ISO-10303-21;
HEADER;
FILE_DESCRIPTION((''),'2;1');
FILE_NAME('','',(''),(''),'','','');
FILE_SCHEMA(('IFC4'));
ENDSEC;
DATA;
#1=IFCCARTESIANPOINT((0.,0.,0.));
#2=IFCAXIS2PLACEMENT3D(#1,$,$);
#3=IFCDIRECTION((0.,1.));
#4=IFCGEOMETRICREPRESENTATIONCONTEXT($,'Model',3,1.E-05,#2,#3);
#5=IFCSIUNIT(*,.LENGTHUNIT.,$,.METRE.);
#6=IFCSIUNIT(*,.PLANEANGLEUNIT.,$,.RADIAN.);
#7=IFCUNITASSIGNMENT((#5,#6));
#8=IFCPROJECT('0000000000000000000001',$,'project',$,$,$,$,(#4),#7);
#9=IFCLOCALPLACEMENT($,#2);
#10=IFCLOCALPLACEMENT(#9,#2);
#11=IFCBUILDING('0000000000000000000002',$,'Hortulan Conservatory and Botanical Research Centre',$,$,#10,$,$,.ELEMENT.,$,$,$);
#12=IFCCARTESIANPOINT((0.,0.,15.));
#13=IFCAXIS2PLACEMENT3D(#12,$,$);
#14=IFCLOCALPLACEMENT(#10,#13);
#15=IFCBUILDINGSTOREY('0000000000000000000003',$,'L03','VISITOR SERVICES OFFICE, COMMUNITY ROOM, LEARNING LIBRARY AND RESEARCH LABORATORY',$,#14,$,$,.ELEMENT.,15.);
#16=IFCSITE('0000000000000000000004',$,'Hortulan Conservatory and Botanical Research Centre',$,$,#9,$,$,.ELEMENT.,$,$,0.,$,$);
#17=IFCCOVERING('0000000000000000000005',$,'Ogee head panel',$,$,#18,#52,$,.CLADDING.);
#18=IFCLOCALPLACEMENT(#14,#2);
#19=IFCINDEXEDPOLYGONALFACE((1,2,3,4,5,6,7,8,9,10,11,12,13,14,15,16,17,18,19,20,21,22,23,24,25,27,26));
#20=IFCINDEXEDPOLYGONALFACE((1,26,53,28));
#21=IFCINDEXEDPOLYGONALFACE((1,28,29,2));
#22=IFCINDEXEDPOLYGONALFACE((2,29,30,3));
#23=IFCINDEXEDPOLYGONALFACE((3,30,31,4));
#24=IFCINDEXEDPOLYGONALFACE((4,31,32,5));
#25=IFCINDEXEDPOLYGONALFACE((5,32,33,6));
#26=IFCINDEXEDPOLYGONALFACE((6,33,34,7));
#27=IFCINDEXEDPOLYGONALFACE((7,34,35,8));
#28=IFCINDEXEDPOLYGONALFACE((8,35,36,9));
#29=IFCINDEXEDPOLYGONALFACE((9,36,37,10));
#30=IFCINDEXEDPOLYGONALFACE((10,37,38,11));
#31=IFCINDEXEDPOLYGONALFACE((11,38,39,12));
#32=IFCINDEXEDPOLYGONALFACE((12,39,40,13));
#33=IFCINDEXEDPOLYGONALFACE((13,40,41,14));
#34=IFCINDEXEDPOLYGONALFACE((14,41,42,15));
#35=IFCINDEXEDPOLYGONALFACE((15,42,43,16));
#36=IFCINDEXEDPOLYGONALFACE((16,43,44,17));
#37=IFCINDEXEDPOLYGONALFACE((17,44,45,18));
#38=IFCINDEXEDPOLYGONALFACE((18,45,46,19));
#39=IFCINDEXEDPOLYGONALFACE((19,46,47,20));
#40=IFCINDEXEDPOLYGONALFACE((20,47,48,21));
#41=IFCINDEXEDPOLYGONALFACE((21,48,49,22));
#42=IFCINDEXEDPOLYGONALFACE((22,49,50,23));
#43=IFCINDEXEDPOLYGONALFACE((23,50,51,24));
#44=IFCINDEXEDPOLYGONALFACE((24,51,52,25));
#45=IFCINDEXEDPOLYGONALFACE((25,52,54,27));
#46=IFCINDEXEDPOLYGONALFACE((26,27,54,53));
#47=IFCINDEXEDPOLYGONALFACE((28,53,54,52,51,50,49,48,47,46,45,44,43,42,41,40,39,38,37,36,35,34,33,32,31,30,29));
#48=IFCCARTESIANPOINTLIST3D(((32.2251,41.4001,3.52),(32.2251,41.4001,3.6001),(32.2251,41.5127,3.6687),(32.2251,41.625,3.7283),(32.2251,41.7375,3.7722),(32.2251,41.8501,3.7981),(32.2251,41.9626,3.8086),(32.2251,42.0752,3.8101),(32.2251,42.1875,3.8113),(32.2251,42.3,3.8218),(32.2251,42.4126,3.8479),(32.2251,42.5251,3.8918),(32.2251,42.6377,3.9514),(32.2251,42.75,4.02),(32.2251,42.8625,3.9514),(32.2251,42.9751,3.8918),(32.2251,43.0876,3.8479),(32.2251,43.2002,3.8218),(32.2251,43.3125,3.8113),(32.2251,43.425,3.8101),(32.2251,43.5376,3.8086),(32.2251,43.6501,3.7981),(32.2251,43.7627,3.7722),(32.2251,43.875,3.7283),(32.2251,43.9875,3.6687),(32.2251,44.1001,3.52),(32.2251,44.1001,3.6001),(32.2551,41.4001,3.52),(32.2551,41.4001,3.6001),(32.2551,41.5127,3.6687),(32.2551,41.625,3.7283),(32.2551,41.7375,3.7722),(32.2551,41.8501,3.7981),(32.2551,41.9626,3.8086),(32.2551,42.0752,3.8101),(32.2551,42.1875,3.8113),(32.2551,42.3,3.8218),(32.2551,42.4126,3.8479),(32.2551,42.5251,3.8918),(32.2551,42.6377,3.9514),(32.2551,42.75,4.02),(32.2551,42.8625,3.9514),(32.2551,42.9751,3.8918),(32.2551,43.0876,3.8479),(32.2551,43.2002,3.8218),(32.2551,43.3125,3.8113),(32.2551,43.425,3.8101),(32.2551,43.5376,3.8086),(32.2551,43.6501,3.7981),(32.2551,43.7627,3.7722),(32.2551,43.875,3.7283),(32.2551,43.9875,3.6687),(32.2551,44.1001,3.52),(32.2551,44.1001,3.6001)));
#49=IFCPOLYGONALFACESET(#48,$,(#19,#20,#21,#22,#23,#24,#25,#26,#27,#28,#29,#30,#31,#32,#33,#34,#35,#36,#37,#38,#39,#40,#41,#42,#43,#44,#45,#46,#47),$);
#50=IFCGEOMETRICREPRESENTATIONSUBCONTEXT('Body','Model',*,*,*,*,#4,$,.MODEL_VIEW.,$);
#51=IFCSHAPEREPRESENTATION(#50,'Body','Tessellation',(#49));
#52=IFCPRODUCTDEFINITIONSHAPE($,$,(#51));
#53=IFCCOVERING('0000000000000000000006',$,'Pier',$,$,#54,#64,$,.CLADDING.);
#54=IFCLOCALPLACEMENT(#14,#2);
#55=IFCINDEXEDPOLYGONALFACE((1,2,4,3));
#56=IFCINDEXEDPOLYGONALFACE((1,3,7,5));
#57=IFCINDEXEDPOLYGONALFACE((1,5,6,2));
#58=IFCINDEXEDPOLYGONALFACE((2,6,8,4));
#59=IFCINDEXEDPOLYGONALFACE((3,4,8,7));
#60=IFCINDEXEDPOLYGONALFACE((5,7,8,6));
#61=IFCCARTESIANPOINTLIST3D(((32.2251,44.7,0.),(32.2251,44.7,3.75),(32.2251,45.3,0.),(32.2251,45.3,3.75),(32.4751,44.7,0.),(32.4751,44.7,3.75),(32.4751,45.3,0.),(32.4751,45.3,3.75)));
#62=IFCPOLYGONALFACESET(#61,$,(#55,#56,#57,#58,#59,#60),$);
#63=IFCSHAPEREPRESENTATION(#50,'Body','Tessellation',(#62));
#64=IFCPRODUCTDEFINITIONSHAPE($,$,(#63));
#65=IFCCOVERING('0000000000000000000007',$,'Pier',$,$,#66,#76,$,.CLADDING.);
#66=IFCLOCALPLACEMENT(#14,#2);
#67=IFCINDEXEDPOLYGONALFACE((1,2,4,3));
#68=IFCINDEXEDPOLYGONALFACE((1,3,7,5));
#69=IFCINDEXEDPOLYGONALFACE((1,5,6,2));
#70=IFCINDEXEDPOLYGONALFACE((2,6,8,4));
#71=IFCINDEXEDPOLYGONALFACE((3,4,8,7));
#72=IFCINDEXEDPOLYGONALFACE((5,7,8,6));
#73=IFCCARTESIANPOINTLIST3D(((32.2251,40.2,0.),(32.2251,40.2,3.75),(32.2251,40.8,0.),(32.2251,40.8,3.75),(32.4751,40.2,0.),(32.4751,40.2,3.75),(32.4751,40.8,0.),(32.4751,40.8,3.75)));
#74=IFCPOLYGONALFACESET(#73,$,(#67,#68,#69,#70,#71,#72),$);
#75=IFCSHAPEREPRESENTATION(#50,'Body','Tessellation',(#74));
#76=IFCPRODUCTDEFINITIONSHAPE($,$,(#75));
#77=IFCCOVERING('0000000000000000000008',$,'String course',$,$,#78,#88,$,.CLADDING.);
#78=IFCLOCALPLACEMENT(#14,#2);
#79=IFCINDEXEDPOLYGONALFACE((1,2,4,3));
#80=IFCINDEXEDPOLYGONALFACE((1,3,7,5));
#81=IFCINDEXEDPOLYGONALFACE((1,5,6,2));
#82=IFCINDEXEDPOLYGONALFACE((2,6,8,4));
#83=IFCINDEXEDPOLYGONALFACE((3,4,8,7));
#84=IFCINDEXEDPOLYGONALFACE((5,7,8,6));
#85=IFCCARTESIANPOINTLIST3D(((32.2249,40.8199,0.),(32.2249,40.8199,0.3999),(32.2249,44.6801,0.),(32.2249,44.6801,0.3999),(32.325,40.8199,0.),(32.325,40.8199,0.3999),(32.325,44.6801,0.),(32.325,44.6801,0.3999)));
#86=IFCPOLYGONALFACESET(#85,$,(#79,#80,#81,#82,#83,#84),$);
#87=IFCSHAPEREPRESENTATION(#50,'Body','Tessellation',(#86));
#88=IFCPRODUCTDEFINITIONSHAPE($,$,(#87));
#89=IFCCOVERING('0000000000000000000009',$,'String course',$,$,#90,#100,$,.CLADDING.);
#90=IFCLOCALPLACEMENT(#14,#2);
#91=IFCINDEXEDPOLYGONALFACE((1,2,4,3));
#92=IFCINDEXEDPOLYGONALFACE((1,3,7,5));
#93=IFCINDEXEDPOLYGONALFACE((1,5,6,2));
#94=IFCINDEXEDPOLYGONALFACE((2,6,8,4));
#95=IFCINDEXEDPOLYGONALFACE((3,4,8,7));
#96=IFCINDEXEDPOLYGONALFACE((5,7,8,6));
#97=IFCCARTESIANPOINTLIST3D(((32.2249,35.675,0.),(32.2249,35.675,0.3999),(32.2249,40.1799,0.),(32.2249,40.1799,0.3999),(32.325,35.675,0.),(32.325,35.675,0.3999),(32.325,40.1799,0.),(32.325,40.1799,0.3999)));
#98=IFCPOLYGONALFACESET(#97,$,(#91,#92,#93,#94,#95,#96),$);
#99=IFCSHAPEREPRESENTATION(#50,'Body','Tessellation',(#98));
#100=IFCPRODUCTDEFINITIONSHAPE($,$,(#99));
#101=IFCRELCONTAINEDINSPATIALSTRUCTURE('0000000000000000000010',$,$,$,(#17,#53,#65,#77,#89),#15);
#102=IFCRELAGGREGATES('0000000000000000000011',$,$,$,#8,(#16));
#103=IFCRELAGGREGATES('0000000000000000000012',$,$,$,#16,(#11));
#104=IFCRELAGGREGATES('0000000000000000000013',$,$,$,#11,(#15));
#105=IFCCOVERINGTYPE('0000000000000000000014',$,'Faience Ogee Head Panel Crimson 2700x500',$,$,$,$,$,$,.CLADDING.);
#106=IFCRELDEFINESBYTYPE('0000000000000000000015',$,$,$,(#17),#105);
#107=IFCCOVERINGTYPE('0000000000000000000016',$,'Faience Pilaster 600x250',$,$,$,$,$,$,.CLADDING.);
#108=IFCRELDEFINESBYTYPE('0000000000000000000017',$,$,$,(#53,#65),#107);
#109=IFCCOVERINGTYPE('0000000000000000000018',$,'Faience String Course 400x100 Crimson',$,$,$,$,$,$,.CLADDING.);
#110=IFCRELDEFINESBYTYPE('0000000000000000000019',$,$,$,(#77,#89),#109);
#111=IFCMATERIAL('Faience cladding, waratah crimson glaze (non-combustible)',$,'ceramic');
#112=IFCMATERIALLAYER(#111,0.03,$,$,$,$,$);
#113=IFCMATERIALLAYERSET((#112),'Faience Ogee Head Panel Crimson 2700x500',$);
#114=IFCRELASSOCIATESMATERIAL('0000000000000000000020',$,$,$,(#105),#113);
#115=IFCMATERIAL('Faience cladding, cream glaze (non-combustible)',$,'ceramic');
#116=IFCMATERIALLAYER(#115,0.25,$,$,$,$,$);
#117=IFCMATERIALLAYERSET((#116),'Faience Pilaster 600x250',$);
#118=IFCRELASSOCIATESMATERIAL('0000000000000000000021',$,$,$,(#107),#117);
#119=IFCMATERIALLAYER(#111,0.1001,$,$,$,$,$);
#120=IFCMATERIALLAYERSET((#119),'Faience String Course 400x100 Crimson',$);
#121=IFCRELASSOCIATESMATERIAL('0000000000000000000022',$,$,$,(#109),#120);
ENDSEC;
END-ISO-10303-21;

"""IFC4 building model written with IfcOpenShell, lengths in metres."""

from ifc_helpers import new_model, si_unit, direction, frame, origin, origin_2d, place, context, subcontext, project, spatial, polyline, rectangle, outline, extrude, material, layer, layer_set, type_object, element, save


model = new_model("IFC4")

# Units and contexts
model_context = context("Model", 3, precision=1e-05, world=origin(), true_north=direction((0.0, 1.0)))
body_context = subcontext(model_context, "Body", "Model", "MODEL_VIEW")
ifc_project = project(units=[si_unit("LENGTHUNIT", "METRE"), si_unit("PLANEANGLEUNIT", "RADIAN")], contexts=[model_context])

# Site, building, storey
site_placement = place(None, origin())
site = spatial("IfcSite", under=ifc_project, at=site_placement, Name="Hortulan Conservatory and Botanical Research Centre", CompositionType="ELEMENT", RefElevation=0.0)
building_placement = place(site_placement, origin())
building = spatial("IfcBuilding", under=site, at=building_placement, Name="Hortulan Conservatory and Botanical Research Centre", CompositionType="ELEMENT")
storey_placement = place(building_placement, frame((0.0, 0.0, 15.0)))
storey = spatial("IfcBuildingStorey", under=building, at=storey_placement, Name="L03", Description="VISITOR SERVICES OFFICE, COMMUNITY ROOM, LEARNING LIBRARY AND RESEARCH LABORATORY", CompositionType="ELEMENT", Elevation=15.0)

# Coverings
ifc_material_1 = material(Name="Faience cladding, cream glaze (non-combustible)", Category="ceramic")
ifc_material_2 = material(Name="Faience cladding, waratah crimson glaze (non-combustible)", Category="ceramic")
ifc_layer_1 = layer(ifc_material_2, 0.03)
ifc_layer_set_1 = layer_set([ifc_layer_1], Name="Faience Ogee Head Panel Crimson 2700x500")
covering_type_1 = type_object("IfcCoveringType", Name="Faience Ogee Head Panel Crimson 2700x500", PredefinedType="CLADDING", material=ifc_layer_set_1)
covering_1_placement = place(storey_placement, frame((32.24, 44.1001, 3.52), z_axis=(0.0, 0.0, 1.0), x_axis=(0.0, -1.0, 0.0)))
element("IfcCovering", 1, at=covering_1_placement, inside=storey, type_object=covering_type_1, Name="Ogee head panel", PredefinedType="CLADDING", context=body_context, shape_type="SweptSolid", body=[
    extrude(outline(polyline([(0.0, 0.0), (2.7, 0.0), (2.7, 0.0801), (2.5874, 0.1487), (2.4751, 0.2083), (2.3625, 0.2522), (2.25, 0.2781), (2.1375, 0.2886), (2.0249, 0.29), (1.9126, 0.2913), (1.8, 0.3018), (1.6875, 0.3279), (1.575, 0.3718), (1.4624, 0.4314), (1.3501, 0.5), (1.2375, 0.4314), (1.125, 0.3718), (1.0125, 0.3279), (0.8999, 0.3018), (0.7876, 0.2913), (0.675, 0.29), (0.5625, 0.2886), (0.45, 0.2781), (0.3374, 0.2522), (0.2251, 0.2083), (0.1125, 0.1487), (0.0, 0.0801), (0.0, 0.0)])), frame((0.0, 0.0151, 0.0), z_axis=(0.0, -1.0, 0.0), x_axis=(1.0, 0.0, 0.0)), (0.0, 0.0, 1.0), 0.03),
])
ifc_layer_2 = layer(ifc_material_1, 0.25)
ifc_layer_set_2 = layer_set([ifc_layer_2], Name="Faience Pilaster 600x250")
covering_type_2 = type_object("IfcCoveringType", Name="Faience Pilaster 600x250", PredefinedType="CLADDING", material=ifc_layer_set_2)
for number, where, z_axis, x_axis, name in (
    (2, (32.3501, 45.0, 0.0), (0.0, 0.0, 1.0), (0.0, -1.0, 0.0), "Pier"),
    (3, (32.3501, 40.5, 0.0), (0.0, 0.0, 1.0), (0.0, -1.0, 0.0), "Pier"),
):
    element("IfcCovering", number, at=place(storey_placement, frame(where, z_axis=z_axis, x_axis=x_axis)), inside=storey, type_object=covering_type_2, Name=name, PredefinedType="CLADDING", context=body_context, shape_type="SweptSolid", body=[
        extrude(rectangle(XDim=0.6001, YDim=0.25, at=origin_2d()), origin(), (0.0, 0.0, 1.0), 3.75),
    ])
ifc_layer_3 = layer(ifc_material_2, 0.1001)
ifc_layer_set_3 = layer_set([ifc_layer_3], Name="Faience String Course 400x100 Crimson")
covering_type_3 = type_object("IfcCoveringType", Name="Faience String Course 400x100 Crimson", PredefinedType="CLADDING", material=ifc_layer_set_3)
covering_2_placement = place(storey_placement, frame((32.2749, 42.75, 0.0), z_axis=(0.0, 0.0, 1.0), x_axis=(0.0, -1.0, 0.0)))
element("IfcCovering", 4, at=covering_2_placement, inside=storey, type_object=covering_type_3, Name="String course", PredefinedType="CLADDING", context=body_context, shape_type="SweptSolid", body=[
    extrude(rectangle(XDim=3.8601, YDim=0.1001, at=origin_2d()), origin(), (0.0, 0.0, 1.0), 0.3999),
])
covering_3_placement = place(storey_placement, frame((32.2749, 37.9275, 0.0), z_axis=(0.0, 0.0, 1.0), x_axis=(0.0, -1.0, 0.0)))
element("IfcCovering", 5, at=covering_3_placement, inside=storey, type_object=covering_type_3, Name="String course", PredefinedType="CLADDING", context=body_context, shape_type="SweptSolid", body=[
    extrude(rectangle(XDim=4.5049, YDim=0.1001, at=origin_2d()), origin(), (0.0, 0.0, 1.0), 0.3999),
])

save(model, "model.ifc")
